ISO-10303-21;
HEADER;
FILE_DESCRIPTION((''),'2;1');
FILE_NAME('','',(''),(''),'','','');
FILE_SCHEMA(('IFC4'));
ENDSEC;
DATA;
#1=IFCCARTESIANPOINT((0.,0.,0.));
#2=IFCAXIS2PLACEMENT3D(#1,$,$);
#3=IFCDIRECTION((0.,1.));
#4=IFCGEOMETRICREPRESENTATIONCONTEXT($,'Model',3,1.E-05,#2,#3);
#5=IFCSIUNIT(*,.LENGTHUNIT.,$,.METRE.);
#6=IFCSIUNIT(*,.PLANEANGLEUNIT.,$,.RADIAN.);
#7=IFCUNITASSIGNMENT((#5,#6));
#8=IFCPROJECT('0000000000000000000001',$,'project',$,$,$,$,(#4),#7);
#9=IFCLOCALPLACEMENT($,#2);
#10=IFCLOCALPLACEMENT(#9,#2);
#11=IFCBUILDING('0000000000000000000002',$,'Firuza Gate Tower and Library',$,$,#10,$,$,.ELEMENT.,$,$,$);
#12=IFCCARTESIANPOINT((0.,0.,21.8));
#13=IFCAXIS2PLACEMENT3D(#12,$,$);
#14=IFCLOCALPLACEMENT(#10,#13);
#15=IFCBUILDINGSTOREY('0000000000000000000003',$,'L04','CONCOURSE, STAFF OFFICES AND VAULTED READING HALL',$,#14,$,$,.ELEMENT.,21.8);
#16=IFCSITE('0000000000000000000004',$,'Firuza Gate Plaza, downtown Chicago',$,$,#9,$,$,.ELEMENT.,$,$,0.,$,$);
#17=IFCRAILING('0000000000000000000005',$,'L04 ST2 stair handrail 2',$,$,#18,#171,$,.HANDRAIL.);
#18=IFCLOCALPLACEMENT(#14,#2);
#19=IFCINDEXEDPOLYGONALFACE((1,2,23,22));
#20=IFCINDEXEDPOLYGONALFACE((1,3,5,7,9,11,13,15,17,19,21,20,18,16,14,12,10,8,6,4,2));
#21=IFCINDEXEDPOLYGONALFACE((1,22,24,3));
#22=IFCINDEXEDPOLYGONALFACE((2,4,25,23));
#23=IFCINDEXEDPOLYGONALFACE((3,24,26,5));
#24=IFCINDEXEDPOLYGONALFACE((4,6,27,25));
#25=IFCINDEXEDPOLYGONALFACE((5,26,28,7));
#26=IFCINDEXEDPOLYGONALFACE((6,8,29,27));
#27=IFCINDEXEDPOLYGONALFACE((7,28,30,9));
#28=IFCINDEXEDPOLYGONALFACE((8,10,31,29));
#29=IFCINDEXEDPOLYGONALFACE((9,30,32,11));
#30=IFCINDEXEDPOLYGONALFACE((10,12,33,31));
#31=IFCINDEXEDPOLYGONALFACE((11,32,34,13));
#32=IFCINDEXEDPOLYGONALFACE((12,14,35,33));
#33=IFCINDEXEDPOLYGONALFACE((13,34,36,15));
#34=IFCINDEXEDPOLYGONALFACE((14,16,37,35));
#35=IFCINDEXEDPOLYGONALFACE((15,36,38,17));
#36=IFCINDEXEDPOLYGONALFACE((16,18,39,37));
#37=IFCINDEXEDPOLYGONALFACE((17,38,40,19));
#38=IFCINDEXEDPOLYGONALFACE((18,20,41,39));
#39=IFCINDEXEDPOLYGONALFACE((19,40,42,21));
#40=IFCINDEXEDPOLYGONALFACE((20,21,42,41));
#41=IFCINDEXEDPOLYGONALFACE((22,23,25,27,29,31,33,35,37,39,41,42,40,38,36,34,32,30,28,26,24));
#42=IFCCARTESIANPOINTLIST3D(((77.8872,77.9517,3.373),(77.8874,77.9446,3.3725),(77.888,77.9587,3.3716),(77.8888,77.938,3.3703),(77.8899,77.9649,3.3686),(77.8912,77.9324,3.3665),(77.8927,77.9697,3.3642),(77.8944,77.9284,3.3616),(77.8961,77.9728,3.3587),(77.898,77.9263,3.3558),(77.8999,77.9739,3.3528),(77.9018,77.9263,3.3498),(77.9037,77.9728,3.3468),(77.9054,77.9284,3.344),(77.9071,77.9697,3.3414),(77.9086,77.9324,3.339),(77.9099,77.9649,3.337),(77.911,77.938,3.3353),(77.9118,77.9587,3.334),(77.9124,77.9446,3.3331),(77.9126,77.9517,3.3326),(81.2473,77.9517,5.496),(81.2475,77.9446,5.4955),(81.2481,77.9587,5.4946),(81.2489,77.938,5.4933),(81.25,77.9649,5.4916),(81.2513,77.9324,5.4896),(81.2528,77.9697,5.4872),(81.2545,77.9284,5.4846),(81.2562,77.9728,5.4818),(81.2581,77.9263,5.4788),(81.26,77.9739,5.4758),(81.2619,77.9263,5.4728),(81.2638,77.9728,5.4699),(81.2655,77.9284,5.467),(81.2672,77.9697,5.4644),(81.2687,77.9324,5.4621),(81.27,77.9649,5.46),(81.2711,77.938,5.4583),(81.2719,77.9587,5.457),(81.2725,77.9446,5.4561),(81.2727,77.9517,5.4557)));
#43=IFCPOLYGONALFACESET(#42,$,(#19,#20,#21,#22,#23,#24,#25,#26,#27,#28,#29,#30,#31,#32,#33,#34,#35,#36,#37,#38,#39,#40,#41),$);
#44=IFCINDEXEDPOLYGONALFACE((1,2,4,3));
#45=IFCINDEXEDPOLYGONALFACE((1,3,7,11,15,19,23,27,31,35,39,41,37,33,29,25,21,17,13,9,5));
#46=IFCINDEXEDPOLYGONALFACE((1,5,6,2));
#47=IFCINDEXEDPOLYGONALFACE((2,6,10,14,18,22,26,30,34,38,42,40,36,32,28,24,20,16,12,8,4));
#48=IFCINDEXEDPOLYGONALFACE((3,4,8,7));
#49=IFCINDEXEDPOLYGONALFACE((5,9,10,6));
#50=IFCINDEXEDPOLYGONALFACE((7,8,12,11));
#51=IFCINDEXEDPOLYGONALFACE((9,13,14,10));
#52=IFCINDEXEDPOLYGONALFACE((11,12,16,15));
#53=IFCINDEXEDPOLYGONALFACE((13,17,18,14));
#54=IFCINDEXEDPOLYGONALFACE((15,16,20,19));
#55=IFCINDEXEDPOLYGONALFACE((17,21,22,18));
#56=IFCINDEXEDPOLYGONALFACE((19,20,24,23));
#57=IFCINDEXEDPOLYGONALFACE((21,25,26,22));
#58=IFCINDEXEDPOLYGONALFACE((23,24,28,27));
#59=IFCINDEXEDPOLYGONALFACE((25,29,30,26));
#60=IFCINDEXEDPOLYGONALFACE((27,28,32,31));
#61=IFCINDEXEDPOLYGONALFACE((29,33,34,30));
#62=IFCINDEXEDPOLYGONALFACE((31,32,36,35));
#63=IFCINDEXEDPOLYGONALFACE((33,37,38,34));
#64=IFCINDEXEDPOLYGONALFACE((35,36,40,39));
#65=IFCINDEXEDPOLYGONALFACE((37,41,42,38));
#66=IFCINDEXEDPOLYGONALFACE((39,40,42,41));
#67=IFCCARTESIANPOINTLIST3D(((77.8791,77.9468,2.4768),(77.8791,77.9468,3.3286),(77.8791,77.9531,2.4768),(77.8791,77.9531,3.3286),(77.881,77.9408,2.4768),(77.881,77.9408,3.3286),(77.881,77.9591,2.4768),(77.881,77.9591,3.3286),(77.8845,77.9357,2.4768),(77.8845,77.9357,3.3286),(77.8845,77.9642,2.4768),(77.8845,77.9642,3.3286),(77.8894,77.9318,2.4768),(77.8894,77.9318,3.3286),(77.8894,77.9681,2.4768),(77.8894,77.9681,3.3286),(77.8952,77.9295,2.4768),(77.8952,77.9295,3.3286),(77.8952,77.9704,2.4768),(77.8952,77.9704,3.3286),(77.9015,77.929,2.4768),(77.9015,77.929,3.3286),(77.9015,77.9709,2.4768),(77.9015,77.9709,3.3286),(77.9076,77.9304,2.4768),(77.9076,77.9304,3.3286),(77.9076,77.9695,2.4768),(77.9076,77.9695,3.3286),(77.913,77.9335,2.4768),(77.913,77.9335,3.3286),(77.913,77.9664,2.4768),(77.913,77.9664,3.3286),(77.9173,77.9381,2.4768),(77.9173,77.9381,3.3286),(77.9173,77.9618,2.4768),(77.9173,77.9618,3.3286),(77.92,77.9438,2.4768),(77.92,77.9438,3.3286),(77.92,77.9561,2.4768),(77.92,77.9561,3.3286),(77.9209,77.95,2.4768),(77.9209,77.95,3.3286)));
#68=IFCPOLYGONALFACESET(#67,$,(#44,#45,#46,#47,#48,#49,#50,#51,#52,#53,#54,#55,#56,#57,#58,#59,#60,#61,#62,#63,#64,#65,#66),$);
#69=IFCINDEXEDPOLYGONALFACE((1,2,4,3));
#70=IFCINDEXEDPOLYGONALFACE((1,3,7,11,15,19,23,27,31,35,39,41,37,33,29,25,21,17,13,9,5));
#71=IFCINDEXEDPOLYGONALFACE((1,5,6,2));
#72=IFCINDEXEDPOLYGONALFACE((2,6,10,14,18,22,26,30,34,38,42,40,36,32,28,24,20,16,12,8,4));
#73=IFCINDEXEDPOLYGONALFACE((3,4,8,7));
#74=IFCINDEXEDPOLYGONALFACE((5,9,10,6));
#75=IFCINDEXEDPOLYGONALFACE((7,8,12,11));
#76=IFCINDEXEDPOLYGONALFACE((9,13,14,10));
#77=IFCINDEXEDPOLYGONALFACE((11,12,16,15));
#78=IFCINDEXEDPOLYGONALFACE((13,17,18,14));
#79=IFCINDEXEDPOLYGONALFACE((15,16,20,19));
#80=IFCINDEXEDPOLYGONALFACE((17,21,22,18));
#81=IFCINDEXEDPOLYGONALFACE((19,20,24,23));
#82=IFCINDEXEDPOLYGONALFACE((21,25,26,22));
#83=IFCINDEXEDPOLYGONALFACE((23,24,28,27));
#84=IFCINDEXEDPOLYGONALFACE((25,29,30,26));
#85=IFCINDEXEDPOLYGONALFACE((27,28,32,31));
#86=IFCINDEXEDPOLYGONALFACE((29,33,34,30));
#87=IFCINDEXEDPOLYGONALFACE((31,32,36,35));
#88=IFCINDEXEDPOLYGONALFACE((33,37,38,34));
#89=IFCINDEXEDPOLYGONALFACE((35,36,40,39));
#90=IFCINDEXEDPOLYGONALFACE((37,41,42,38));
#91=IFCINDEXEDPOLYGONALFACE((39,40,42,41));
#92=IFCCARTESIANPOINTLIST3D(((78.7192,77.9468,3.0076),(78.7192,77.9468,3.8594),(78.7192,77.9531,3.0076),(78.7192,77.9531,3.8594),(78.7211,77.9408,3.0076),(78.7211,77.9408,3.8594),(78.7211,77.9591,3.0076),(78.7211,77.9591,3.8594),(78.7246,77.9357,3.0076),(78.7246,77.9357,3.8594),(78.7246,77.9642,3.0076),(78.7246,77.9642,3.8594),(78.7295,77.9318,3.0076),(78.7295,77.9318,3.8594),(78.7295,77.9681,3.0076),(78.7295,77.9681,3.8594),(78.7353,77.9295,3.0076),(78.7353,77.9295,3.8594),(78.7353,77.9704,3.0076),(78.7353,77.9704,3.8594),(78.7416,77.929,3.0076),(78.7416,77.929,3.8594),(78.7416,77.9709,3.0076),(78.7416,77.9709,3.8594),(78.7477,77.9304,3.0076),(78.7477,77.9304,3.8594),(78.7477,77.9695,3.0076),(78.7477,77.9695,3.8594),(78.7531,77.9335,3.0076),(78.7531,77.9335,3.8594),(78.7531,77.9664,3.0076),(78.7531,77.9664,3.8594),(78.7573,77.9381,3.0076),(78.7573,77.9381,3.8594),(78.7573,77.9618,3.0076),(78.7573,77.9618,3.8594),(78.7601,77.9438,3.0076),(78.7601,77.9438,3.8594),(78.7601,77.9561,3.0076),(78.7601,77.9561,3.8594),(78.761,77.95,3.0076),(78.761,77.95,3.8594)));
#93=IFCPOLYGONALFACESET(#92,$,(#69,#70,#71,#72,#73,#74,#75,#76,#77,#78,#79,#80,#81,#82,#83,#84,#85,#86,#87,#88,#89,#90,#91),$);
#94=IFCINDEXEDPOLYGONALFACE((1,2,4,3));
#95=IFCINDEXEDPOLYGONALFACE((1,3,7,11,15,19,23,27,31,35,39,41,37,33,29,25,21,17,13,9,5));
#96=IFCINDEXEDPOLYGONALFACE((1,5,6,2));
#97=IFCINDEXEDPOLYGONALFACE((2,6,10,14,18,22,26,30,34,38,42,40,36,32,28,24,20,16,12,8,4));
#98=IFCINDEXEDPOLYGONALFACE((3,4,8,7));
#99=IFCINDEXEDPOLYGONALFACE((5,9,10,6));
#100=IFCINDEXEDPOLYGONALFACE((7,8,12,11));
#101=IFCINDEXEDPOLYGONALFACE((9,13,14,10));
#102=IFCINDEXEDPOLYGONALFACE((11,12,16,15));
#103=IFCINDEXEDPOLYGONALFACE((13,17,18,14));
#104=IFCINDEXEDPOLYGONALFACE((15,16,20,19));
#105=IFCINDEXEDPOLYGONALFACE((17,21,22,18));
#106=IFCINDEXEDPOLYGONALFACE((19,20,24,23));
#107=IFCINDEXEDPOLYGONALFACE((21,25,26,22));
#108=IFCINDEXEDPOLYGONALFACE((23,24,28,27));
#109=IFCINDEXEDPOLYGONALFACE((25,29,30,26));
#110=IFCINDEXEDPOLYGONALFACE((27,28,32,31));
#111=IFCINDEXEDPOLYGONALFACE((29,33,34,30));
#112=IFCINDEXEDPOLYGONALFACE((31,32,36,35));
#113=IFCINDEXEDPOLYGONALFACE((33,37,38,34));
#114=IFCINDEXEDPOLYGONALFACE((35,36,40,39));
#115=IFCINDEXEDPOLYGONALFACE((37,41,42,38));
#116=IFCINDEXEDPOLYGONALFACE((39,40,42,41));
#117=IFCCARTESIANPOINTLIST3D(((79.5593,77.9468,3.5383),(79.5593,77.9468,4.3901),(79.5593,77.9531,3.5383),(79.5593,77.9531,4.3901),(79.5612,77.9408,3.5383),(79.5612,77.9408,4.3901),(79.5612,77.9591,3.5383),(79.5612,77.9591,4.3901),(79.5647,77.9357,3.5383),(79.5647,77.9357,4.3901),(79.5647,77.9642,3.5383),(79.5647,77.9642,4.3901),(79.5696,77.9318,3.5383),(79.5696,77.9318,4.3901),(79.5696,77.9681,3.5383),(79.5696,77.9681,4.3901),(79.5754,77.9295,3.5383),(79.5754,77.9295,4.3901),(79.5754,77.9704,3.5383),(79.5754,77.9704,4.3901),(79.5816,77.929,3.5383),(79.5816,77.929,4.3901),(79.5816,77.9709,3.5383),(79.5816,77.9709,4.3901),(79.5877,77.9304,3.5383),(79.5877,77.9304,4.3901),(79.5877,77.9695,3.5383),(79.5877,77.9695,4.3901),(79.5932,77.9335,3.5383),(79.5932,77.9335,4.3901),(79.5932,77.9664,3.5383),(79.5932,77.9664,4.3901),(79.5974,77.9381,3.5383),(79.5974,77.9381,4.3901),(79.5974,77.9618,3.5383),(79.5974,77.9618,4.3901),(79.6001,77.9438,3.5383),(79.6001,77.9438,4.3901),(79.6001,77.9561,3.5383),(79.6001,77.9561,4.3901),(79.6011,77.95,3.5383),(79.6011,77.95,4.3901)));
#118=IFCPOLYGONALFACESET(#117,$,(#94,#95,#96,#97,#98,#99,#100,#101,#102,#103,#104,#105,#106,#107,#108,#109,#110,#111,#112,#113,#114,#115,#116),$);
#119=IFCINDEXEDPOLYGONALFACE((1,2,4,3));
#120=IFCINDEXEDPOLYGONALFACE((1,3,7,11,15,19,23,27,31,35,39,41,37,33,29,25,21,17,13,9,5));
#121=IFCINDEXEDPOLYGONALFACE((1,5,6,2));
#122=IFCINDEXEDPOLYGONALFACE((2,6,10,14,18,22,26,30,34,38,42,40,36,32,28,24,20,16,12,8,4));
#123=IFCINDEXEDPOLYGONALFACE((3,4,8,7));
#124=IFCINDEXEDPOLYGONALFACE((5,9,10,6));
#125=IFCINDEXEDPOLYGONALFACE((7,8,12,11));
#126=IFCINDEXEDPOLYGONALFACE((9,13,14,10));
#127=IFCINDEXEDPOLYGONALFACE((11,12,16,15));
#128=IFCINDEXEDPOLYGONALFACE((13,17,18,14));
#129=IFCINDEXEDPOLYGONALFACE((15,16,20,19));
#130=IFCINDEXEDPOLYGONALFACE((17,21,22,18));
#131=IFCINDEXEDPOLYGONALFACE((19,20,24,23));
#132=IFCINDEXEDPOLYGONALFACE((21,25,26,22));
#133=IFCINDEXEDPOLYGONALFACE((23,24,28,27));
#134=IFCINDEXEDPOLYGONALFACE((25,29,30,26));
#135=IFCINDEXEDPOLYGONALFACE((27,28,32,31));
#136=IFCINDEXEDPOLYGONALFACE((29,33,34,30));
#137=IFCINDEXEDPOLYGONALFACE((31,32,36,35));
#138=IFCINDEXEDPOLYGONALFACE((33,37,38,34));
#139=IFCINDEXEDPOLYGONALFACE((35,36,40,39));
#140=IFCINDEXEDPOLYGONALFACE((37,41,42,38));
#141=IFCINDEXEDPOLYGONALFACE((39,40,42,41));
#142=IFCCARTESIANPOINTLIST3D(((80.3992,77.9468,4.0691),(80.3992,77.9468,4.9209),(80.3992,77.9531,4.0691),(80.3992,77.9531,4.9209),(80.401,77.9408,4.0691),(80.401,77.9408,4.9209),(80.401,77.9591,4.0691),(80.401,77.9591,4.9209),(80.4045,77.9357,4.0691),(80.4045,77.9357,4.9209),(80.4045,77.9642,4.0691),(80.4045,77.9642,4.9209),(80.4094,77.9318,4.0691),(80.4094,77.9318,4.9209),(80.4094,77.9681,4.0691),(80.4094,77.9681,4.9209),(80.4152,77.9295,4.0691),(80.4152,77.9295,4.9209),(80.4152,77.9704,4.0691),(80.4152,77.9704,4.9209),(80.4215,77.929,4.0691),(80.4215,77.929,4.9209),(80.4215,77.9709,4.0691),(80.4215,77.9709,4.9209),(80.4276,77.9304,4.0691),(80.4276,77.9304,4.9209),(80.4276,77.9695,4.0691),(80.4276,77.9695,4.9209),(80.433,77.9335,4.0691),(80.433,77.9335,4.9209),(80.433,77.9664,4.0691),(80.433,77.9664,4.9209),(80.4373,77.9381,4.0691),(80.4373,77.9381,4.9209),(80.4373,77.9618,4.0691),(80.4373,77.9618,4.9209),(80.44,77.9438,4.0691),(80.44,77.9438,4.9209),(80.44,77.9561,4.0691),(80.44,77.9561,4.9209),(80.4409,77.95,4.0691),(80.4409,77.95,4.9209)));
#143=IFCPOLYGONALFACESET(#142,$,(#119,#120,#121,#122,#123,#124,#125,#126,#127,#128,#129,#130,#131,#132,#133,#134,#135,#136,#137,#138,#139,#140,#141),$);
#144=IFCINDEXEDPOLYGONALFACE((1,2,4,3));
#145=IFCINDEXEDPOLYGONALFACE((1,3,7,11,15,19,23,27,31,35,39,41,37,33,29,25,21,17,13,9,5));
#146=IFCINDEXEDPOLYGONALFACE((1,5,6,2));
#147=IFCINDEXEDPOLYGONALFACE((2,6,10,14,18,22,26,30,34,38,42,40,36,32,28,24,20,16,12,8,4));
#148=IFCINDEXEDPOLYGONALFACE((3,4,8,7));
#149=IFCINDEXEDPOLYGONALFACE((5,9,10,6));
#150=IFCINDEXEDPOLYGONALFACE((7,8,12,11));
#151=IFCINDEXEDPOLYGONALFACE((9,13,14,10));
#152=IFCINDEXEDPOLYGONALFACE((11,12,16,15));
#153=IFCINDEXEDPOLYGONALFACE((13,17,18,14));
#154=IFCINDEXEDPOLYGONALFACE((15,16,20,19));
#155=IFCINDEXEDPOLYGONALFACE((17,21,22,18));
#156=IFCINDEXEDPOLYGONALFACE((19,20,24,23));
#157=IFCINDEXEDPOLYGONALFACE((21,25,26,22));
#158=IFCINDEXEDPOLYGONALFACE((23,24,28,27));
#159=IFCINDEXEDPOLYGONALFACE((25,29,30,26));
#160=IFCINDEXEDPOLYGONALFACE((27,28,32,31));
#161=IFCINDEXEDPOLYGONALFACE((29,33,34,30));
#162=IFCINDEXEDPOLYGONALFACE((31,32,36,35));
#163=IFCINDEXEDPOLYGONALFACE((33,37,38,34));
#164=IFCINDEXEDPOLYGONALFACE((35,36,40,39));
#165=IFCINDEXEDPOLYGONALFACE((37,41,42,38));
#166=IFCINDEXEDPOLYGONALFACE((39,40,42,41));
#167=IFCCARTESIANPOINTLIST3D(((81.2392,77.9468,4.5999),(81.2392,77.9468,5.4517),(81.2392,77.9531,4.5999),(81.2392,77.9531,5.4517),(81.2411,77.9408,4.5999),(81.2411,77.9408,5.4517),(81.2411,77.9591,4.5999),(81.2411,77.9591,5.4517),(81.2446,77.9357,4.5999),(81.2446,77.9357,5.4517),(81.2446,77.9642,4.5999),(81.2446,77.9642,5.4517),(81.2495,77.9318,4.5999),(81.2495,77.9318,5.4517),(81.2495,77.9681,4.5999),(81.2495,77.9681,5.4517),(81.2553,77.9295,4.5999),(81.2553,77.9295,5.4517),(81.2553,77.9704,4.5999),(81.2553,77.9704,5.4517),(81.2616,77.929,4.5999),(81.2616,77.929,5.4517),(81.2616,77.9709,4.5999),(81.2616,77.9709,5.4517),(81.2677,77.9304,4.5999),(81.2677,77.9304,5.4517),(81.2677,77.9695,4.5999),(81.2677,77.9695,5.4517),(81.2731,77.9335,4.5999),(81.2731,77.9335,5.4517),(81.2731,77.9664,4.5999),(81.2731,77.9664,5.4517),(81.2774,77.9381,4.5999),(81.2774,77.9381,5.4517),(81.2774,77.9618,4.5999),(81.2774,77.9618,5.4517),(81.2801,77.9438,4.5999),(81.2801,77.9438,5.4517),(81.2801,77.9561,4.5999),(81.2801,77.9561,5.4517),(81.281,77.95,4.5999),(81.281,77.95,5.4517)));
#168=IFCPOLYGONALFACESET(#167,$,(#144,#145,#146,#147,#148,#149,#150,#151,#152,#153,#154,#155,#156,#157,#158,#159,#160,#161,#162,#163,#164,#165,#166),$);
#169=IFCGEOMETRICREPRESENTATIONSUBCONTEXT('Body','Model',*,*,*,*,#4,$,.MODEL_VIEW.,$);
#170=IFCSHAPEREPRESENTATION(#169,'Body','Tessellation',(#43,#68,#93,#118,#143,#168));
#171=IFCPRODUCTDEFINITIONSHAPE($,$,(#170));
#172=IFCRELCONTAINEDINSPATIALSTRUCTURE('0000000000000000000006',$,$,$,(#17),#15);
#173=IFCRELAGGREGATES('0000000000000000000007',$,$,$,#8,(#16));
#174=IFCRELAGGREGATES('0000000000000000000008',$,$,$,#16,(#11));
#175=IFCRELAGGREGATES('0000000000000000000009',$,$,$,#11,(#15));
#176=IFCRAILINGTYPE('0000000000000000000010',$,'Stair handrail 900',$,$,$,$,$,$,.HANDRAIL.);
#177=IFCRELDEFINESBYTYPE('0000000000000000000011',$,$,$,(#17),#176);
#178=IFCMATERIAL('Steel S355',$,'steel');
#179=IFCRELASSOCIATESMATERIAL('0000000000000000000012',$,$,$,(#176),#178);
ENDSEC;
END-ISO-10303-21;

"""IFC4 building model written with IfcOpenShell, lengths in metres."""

from ifc_helpers import new_model, si_unit, direction, frame, origin, origin_2d, place, context, subcontext, project, spatial, circle, extrude, material, type_object, element, save


model = new_model("IFC4")

# Units and contexts
model_context = context("Model", 3, precision=1e-05, world=origin(), true_north=direction((0.0, 1.0)))
body_context = subcontext(model_context, "Body", "Model", "MODEL_VIEW")
ifc_project = project(units=[si_unit("LENGTHUNIT", "METRE"), si_unit("PLANEANGLEUNIT", "RADIAN")], contexts=[model_context])

# Site, building, storey
site_placement = place(None, origin())
site = spatial("IfcSite", under=ifc_project, at=site_placement, Name="Firuza Gate Plaza, downtown Chicago", CompositionType="ELEMENT", RefElevation=0.0)
building_placement = place(site_placement, origin())
building = spatial("IfcBuilding", under=site, at=building_placement, Name="Firuza Gate Tower and Library", CompositionType="ELEMENT")
storey_placement = place(building_placement, frame((0.0, 0.0, 21.8)))
storey = spatial("IfcBuildingStorey", under=building, at=storey_placement, Name="L04", Description="CONCOURSE, STAFF OFFICES AND VAULTED READING HALL", CompositionType="ELEMENT", Elevation=21.8)

# Railing
ifc_material_1 = material(Name="Steel S355", Category="steel")
railing_type_1 = type_object("IfcRailingType", Name="Stair handrail 900", PredefinedType="HANDRAIL", material=ifc_material_1)
railing_1_placement = place(storey_placement, frame((77.8999, 77.95, 2.4768)))
element("IfcRailing", 1, at=railing_1_placement, inside=storey, type_object=railing_type_1, Name="L04 ST2 stair handrail 2", PredefinedType="HANDRAIL", context=body_context, shape_type="SweptSolid", body=[
    extrude(circle(Radius=0.0239, at=origin_2d()), frame((0.0, 0.0, 0.876), z_axis=(0.84539, 0.0, 0.53415), x_axis=(0.0, 1.0, 0.0)), (0.0, 0.0, 1.0), 3.9746),
    extrude(circle(Radius=0.021, at=origin_2d()), origin(), (0.0, 0.0, 1.0), 0.8518),
    extrude(circle(Radius=0.021, at=origin_2d()), frame((0.8401, 0.0, 0.5308)), (0.0, 0.0, 1.0), 0.8518),
    extrude(circle(Radius=0.021, at=origin_2d()), frame((1.6802, 0.0, 1.0615)), (0.0, 0.0, 1.0), 0.8518),
    extrude(circle(Radius=0.021, at=origin_2d()), frame((2.52, 0.0, 1.5923)), (0.0, 0.0, 1.0), 0.8518),
    extrude(circle(Radius=0.021, at=origin_2d()), frame((3.3601, 0.0, 2.123)), (0.0, 0.0, 1.0), 0.8518),
])

save(model, "model.ifc")
